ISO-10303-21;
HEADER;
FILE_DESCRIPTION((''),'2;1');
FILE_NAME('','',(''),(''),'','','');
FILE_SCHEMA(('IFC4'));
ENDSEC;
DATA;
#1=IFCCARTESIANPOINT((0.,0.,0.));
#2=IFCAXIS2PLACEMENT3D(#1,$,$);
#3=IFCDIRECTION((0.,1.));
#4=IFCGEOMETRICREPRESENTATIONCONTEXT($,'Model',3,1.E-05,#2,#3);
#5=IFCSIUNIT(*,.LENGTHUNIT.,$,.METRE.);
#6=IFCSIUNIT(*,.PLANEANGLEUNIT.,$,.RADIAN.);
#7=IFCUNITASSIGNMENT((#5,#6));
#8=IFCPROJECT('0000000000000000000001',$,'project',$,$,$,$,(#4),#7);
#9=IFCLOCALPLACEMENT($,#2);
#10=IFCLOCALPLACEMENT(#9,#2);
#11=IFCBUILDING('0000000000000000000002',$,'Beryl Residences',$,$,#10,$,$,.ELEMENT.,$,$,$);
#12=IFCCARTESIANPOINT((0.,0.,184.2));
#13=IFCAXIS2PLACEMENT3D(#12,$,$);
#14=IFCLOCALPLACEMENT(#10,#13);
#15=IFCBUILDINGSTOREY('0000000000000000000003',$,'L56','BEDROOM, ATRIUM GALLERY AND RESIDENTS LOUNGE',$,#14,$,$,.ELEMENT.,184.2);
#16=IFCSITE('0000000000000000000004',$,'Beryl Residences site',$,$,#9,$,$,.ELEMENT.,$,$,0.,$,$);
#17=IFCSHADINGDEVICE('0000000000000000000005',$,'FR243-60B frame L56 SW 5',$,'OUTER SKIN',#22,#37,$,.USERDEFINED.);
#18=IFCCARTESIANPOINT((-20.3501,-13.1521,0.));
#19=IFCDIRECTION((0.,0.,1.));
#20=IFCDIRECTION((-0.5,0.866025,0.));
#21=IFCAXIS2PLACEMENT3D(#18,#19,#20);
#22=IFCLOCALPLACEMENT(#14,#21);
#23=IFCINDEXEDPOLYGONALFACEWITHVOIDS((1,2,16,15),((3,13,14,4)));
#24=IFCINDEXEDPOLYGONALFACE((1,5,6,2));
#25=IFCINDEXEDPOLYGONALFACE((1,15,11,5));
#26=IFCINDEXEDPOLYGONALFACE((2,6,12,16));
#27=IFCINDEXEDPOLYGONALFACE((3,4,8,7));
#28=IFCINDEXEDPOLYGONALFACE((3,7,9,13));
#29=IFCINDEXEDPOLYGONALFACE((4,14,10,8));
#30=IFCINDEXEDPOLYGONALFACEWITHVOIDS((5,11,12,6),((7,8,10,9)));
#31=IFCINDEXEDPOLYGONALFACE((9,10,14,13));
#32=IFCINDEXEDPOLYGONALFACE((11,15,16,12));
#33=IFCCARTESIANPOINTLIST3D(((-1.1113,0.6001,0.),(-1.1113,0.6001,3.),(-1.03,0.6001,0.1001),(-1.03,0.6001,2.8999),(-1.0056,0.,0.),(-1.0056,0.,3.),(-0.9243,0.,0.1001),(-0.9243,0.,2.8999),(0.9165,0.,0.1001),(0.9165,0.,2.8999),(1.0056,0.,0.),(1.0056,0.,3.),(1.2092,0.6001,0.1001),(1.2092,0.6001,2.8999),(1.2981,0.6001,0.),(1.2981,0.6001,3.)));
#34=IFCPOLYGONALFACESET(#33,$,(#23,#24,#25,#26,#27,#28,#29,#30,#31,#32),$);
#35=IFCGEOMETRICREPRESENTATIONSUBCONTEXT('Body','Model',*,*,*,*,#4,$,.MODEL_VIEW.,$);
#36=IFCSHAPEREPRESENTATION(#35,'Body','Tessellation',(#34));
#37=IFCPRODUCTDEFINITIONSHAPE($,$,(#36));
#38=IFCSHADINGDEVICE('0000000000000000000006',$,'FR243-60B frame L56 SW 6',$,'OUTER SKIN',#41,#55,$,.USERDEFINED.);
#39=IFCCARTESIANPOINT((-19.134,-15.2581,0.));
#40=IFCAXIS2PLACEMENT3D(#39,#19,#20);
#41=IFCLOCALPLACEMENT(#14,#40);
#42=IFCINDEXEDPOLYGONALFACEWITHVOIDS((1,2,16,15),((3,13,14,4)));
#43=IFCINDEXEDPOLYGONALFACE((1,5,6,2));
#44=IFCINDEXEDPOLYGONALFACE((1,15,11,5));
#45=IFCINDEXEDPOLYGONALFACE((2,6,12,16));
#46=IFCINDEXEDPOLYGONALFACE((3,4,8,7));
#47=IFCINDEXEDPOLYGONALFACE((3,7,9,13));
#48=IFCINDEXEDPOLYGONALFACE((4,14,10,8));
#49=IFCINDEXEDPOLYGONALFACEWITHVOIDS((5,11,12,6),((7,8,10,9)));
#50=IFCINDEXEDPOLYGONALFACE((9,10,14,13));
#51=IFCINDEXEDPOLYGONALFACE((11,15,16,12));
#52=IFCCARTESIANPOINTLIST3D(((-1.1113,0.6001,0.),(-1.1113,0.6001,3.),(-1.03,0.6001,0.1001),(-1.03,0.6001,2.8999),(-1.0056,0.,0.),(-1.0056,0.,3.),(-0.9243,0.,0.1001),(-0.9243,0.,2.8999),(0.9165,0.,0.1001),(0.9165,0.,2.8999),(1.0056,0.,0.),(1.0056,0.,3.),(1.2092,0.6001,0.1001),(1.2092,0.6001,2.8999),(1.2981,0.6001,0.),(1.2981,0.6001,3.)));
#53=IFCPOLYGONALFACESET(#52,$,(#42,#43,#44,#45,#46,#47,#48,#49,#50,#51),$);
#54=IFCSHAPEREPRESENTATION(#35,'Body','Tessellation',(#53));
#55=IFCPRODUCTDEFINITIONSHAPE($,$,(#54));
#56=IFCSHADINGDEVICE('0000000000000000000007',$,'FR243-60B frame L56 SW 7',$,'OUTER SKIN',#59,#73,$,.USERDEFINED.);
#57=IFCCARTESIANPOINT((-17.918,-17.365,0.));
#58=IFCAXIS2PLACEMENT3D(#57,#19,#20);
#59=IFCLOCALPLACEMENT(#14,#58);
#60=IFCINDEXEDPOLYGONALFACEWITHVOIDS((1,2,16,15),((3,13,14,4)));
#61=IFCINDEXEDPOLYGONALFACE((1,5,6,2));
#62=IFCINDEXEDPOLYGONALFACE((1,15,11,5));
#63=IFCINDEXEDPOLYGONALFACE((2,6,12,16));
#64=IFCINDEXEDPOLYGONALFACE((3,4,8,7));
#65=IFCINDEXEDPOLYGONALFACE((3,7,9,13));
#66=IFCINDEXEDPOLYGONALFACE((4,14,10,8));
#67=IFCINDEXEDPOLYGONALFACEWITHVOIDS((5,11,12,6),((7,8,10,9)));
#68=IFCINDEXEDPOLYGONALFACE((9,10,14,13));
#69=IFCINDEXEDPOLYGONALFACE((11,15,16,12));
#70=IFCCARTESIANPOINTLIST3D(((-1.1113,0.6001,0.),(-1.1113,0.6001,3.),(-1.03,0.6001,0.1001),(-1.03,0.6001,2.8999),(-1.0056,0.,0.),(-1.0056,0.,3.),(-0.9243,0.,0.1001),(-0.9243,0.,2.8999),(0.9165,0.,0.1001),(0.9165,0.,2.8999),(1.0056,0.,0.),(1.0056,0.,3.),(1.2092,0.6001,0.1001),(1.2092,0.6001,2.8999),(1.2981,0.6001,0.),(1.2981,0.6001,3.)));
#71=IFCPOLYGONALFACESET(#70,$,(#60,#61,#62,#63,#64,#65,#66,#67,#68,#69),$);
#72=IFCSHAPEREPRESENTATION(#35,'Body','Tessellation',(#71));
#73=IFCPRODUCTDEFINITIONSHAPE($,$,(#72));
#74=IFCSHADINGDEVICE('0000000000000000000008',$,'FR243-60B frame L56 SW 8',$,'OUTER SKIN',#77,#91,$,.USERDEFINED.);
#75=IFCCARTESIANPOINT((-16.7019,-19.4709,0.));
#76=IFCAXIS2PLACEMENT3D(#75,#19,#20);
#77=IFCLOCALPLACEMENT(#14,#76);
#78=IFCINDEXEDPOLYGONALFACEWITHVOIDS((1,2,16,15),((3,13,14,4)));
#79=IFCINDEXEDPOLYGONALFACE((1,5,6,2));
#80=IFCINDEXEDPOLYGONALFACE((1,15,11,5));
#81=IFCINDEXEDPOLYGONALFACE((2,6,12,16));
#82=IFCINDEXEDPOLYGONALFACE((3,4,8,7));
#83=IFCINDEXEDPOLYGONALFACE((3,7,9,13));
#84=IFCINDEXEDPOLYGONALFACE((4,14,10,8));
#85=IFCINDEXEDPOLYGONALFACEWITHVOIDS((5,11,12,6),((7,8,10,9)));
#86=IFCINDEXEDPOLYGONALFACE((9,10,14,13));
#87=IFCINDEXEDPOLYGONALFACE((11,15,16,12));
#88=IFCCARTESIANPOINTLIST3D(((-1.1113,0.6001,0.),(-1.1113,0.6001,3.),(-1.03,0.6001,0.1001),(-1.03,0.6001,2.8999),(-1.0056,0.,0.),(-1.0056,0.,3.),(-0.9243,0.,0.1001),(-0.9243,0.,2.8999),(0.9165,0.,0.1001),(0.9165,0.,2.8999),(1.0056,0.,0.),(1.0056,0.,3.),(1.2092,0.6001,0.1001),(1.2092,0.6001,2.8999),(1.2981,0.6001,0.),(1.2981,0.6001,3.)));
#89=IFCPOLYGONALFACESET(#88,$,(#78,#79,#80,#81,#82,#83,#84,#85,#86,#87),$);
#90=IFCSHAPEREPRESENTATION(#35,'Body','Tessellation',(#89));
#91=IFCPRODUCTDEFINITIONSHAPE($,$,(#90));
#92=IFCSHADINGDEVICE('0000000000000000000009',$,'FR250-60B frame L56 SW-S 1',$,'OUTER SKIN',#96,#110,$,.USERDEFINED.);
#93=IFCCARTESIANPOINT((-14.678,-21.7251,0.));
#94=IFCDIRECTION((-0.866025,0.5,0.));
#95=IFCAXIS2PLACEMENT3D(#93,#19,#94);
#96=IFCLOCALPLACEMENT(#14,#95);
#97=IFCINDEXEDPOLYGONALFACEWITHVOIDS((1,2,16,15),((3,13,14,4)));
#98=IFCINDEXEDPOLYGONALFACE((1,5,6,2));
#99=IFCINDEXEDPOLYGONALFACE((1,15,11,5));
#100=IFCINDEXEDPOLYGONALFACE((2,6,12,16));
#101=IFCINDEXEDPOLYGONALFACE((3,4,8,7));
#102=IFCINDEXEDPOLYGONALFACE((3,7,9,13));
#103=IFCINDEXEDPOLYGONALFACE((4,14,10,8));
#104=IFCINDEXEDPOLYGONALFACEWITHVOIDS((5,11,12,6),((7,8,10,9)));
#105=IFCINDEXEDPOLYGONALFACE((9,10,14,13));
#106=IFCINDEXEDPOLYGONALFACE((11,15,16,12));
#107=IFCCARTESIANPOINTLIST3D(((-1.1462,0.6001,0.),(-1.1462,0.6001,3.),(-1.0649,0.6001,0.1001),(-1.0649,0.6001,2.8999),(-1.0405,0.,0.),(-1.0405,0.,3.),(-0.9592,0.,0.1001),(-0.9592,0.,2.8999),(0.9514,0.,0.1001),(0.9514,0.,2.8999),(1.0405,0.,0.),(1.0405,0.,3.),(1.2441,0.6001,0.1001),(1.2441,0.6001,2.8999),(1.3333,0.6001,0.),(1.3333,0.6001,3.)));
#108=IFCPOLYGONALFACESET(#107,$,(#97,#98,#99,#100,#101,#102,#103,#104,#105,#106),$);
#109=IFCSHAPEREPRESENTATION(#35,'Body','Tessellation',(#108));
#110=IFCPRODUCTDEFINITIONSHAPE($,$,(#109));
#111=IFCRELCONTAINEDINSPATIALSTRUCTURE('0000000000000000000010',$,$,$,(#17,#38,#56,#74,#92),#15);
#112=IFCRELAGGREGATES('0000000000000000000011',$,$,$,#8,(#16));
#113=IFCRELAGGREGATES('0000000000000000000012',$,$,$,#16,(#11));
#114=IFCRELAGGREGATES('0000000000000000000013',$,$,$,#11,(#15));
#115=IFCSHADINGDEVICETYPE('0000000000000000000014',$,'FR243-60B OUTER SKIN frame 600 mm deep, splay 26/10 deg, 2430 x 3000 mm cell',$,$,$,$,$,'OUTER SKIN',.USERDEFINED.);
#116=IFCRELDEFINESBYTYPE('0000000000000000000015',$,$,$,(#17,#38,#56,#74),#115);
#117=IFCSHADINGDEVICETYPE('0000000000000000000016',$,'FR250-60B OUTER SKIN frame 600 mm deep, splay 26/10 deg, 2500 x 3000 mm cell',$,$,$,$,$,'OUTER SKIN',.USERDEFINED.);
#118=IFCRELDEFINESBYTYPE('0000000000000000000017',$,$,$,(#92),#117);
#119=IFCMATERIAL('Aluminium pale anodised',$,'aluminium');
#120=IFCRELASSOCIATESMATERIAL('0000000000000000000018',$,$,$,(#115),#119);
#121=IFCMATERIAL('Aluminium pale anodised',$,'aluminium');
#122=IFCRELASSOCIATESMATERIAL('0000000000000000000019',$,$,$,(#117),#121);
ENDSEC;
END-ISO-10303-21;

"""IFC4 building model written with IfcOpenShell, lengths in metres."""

from ifc_helpers import new_model, entity, si_unit, direction, frame, origin, place, context, subcontext, project, spatial, source, transform, mapped, material, type_object, type_shapes, element, save


model = new_model("IFC4")

# Units and contexts
model_context = context("Model", 3, precision=1e-05, world=origin(), true_north=direction((0.0, 1.0)))
body_context = subcontext(model_context, "Body", "Model", "MODEL_VIEW")
ifc_project = project(units=[si_unit("LENGTHUNIT", "METRE"), si_unit("PLANEANGLEUNIT", "RADIAN")], contexts=[model_context])

# Site, building, storey
site_placement = place(None, origin())
site = spatial("IfcSite", under=ifc_project, at=site_placement, Name="Beryl Residences site", CompositionType="ELEMENT", RefElevation=0.0)
building_placement = place(site_placement, origin())
building = spatial("IfcBuilding", under=site, at=building_placement, Name="Beryl Residences", CompositionType="ELEMENT")
storey_placement = place(building_placement, frame((0.0, 0.0, 184.2)))
storey = spatial("IfcBuildingStorey", under=building, at=storey_placement, Name="L56", Description="BEDROOM, ATRIUM GALLERY AND RESIDENTS LOUNGE", CompositionType="ELEMENT", Elevation=184.2)

# Shading devices
ifc_material_1 = material(Name="Aluminium pale anodised", Category="aluminium")
shading_device_type_1 = type_object("IfcShadingDeviceType", Name="FR243-60B OUTER SKIN frame 600 mm deep, splay 26/10 deg, 2430 x 3000 mm cell", ElementType="OUTER SKIN", PredefinedType="USERDEFINED", material=ifc_material_1)
cartesian_point_1 = entity("IfcCartesianPoint", [-1.0056, 0.0])
cartesian_point_2 = entity("IfcCartesianPoint", [-0.9165, 0.1001])
cartesian_point_3 = entity("IfcCartesianPoint", [-1.2981, 0.0])
cartesian_point_4 = entity("IfcCartesianPoint", [-1.2092, 0.1001])
shared_shape_1 = source(origin(), body_context, "Body", "SweptSolid", [
    entity("IfcExtrudedAreaSolidTapered", entity("IfcArbitraryProfileDefWithVoids", "AREA", None, entity("IfcPolyline", [cartesian_point_1, entity("IfcCartesianPoint", [1.0056, 0.0]), entity("IfcCartesianPoint", [1.0056, 3.0]), entity("IfcCartesianPoint", [-1.0056, 3.0]), cartesian_point_1]), [entity("IfcPolyline", [cartesian_point_2, entity("IfcCartesianPoint", [0.9243, 0.1001]), entity("IfcCartesianPoint", [0.9243, 2.8999]), entity("IfcCartesianPoint", [-0.9165, 2.8999]), cartesian_point_2])]), entity("IfcAxis2Placement3D", entity("IfcCartesianPoint", [0.0, 0.0, 0.0]), entity("IfcDirection", [0.0, 1.0, 0.0]), entity("IfcDirection", [-1.0, 0.0, 0.0])), entity("IfcDirection", [0.0, 0.0, 1.0]), 0.6001, entity("IfcArbitraryProfileDefWithVoids", "AREA", None, entity("IfcPolyline", [cartesian_point_3, entity("IfcCartesianPoint", [1.1113, 0.0]), entity("IfcCartesianPoint", [1.1113, 3.0]), entity("IfcCartesianPoint", [-1.2981, 3.0]), cartesian_point_3]), [entity("IfcPolyline", [cartesian_point_4, entity("IfcCartesianPoint", [1.03, 0.1001]), entity("IfcCartesianPoint", [1.03, 2.8999]), entity("IfcCartesianPoint", [-1.2092, 2.8999]), cartesian_point_4])])),
])
type_shapes(shading_device_type_1, [shared_shape_1])
for number, where, z_axis, x_axis, name in (
    (1, (-20.3501, -13.1521, 0.0), (0.0, 0.0, 1.0), (-0.5, 0.866025, 0.0), "FR243-60B frame L56 SW 5"),
    (2, (-19.134, -15.2581, 0.0), (0.0, 0.0, 1.0), (-0.5, 0.866025, 0.0), "FR243-60B frame L56 SW 6"),
    (3, (-17.918, -17.365, 0.0), (0.0, 0.0, 1.0), (-0.5, 0.866025, 0.0), "FR243-60B frame L56 SW 7"),
    (4, (-16.7019, -19.4709, 0.0), (0.0, 0.0, 1.0), (-0.5, 0.866025, 0.0), "FR243-60B frame L56 SW 8"),
):
    element("IfcShadingDevice", number, at=place(storey_placement, frame(where, z_axis=z_axis, x_axis=x_axis)), inside=storey, type_object=shading_device_type_1, Name=name, ObjectType="OUTER SKIN", PredefinedType="USERDEFINED", context=body_context, shape_type="MappedRepresentation", body=[
        mapped(shared_shape_1, transform((0.0, 0.0, 0.0))),
    ])
ifc_material_2 = material(Name="Aluminium pale anodised", Category="aluminium")
shading_device_type_2 = type_object("IfcShadingDeviceType", Name="FR250-60B OUTER SKIN frame 600 mm deep, splay 26/10 deg, 2500 x 3000 mm cell", ElementType="OUTER SKIN", PredefinedType="USERDEFINED", material=ifc_material_2)
cartesian_point_5 = entity("IfcCartesianPoint", [-1.0405, 0.0])
cartesian_point_6 = entity("IfcCartesianPoint", [-0.9514, 0.1001])
cartesian_point_7 = entity("IfcCartesianPoint", [-1.3333, 0.0])
cartesian_point_8 = entity("IfcCartesianPoint", [-1.2441, 0.1001])
shared_shape_2 = source(origin(), body_context, "Body", "SweptSolid", [
    entity("IfcExtrudedAreaSolidTapered", entity("IfcArbitraryProfileDefWithVoids", "AREA", None, entity("IfcPolyline", [cartesian_point_5, entity("IfcCartesianPoint", [1.0405, 0.0]), entity("IfcCartesianPoint", [1.0405, 3.0]), entity("IfcCartesianPoint", [-1.0405, 3.0]), cartesian_point_5]), [entity("IfcPolyline", [cartesian_point_6, entity("IfcCartesianPoint", [0.9592, 0.1001]), entity("IfcCartesianPoint", [0.9592, 2.8999]), entity("IfcCartesianPoint", [-0.9514, 2.8999]), cartesian_point_6])]), entity("IfcAxis2Placement3D", entity("IfcCartesianPoint", [0.0, 0.0, 0.0]), entity("IfcDirection", [0.0, 1.0, 0.0]), entity("IfcDirection", [-1.0, 0.0, 0.0])), entity("IfcDirection", [0.0, 0.0, 1.0]), 0.6001, entity("IfcArbitraryProfileDefWithVoids", "AREA", None, entity("IfcPolyline", [cartesian_point_7, entity("IfcCartesianPoint", [1.1462, 0.0]), entity("IfcCartesianPoint", [1.1462, 3.0]), entity("IfcCartesianPoint", [-1.3333, 3.0]), cartesian_point_7]), [entity("IfcPolyline", [cartesian_point_8, entity("IfcCartesianPoint", [1.0649, 0.1001]), entity("IfcCartesianPoint", [1.0649, 2.8999]), entity("IfcCartesianPoint", [-1.2441, 2.8999]), cartesian_point_8])])),
])
type_shapes(shading_device_type_2, [shared_shape_2])
shading_device_placement = place(storey_placement, frame((-14.678, -21.7251, 0.0), z_axis=(0.0, 0.0, 1.0), x_axis=(-0.866025, 0.5, 0.0)))
element("IfcShadingDevice", 5, at=shading_device_placement, inside=storey, type_object=shading_device_type_2, Name="FR250-60B frame L56 SW-S 1", ObjectType="OUTER SKIN", PredefinedType="USERDEFINED", context=body_context, shape_type="MappedRepresentation", body=[
    mapped(shared_shape_2, transform((0.0, 0.0, 0.0))),
])

save(model, "model.ifc")
